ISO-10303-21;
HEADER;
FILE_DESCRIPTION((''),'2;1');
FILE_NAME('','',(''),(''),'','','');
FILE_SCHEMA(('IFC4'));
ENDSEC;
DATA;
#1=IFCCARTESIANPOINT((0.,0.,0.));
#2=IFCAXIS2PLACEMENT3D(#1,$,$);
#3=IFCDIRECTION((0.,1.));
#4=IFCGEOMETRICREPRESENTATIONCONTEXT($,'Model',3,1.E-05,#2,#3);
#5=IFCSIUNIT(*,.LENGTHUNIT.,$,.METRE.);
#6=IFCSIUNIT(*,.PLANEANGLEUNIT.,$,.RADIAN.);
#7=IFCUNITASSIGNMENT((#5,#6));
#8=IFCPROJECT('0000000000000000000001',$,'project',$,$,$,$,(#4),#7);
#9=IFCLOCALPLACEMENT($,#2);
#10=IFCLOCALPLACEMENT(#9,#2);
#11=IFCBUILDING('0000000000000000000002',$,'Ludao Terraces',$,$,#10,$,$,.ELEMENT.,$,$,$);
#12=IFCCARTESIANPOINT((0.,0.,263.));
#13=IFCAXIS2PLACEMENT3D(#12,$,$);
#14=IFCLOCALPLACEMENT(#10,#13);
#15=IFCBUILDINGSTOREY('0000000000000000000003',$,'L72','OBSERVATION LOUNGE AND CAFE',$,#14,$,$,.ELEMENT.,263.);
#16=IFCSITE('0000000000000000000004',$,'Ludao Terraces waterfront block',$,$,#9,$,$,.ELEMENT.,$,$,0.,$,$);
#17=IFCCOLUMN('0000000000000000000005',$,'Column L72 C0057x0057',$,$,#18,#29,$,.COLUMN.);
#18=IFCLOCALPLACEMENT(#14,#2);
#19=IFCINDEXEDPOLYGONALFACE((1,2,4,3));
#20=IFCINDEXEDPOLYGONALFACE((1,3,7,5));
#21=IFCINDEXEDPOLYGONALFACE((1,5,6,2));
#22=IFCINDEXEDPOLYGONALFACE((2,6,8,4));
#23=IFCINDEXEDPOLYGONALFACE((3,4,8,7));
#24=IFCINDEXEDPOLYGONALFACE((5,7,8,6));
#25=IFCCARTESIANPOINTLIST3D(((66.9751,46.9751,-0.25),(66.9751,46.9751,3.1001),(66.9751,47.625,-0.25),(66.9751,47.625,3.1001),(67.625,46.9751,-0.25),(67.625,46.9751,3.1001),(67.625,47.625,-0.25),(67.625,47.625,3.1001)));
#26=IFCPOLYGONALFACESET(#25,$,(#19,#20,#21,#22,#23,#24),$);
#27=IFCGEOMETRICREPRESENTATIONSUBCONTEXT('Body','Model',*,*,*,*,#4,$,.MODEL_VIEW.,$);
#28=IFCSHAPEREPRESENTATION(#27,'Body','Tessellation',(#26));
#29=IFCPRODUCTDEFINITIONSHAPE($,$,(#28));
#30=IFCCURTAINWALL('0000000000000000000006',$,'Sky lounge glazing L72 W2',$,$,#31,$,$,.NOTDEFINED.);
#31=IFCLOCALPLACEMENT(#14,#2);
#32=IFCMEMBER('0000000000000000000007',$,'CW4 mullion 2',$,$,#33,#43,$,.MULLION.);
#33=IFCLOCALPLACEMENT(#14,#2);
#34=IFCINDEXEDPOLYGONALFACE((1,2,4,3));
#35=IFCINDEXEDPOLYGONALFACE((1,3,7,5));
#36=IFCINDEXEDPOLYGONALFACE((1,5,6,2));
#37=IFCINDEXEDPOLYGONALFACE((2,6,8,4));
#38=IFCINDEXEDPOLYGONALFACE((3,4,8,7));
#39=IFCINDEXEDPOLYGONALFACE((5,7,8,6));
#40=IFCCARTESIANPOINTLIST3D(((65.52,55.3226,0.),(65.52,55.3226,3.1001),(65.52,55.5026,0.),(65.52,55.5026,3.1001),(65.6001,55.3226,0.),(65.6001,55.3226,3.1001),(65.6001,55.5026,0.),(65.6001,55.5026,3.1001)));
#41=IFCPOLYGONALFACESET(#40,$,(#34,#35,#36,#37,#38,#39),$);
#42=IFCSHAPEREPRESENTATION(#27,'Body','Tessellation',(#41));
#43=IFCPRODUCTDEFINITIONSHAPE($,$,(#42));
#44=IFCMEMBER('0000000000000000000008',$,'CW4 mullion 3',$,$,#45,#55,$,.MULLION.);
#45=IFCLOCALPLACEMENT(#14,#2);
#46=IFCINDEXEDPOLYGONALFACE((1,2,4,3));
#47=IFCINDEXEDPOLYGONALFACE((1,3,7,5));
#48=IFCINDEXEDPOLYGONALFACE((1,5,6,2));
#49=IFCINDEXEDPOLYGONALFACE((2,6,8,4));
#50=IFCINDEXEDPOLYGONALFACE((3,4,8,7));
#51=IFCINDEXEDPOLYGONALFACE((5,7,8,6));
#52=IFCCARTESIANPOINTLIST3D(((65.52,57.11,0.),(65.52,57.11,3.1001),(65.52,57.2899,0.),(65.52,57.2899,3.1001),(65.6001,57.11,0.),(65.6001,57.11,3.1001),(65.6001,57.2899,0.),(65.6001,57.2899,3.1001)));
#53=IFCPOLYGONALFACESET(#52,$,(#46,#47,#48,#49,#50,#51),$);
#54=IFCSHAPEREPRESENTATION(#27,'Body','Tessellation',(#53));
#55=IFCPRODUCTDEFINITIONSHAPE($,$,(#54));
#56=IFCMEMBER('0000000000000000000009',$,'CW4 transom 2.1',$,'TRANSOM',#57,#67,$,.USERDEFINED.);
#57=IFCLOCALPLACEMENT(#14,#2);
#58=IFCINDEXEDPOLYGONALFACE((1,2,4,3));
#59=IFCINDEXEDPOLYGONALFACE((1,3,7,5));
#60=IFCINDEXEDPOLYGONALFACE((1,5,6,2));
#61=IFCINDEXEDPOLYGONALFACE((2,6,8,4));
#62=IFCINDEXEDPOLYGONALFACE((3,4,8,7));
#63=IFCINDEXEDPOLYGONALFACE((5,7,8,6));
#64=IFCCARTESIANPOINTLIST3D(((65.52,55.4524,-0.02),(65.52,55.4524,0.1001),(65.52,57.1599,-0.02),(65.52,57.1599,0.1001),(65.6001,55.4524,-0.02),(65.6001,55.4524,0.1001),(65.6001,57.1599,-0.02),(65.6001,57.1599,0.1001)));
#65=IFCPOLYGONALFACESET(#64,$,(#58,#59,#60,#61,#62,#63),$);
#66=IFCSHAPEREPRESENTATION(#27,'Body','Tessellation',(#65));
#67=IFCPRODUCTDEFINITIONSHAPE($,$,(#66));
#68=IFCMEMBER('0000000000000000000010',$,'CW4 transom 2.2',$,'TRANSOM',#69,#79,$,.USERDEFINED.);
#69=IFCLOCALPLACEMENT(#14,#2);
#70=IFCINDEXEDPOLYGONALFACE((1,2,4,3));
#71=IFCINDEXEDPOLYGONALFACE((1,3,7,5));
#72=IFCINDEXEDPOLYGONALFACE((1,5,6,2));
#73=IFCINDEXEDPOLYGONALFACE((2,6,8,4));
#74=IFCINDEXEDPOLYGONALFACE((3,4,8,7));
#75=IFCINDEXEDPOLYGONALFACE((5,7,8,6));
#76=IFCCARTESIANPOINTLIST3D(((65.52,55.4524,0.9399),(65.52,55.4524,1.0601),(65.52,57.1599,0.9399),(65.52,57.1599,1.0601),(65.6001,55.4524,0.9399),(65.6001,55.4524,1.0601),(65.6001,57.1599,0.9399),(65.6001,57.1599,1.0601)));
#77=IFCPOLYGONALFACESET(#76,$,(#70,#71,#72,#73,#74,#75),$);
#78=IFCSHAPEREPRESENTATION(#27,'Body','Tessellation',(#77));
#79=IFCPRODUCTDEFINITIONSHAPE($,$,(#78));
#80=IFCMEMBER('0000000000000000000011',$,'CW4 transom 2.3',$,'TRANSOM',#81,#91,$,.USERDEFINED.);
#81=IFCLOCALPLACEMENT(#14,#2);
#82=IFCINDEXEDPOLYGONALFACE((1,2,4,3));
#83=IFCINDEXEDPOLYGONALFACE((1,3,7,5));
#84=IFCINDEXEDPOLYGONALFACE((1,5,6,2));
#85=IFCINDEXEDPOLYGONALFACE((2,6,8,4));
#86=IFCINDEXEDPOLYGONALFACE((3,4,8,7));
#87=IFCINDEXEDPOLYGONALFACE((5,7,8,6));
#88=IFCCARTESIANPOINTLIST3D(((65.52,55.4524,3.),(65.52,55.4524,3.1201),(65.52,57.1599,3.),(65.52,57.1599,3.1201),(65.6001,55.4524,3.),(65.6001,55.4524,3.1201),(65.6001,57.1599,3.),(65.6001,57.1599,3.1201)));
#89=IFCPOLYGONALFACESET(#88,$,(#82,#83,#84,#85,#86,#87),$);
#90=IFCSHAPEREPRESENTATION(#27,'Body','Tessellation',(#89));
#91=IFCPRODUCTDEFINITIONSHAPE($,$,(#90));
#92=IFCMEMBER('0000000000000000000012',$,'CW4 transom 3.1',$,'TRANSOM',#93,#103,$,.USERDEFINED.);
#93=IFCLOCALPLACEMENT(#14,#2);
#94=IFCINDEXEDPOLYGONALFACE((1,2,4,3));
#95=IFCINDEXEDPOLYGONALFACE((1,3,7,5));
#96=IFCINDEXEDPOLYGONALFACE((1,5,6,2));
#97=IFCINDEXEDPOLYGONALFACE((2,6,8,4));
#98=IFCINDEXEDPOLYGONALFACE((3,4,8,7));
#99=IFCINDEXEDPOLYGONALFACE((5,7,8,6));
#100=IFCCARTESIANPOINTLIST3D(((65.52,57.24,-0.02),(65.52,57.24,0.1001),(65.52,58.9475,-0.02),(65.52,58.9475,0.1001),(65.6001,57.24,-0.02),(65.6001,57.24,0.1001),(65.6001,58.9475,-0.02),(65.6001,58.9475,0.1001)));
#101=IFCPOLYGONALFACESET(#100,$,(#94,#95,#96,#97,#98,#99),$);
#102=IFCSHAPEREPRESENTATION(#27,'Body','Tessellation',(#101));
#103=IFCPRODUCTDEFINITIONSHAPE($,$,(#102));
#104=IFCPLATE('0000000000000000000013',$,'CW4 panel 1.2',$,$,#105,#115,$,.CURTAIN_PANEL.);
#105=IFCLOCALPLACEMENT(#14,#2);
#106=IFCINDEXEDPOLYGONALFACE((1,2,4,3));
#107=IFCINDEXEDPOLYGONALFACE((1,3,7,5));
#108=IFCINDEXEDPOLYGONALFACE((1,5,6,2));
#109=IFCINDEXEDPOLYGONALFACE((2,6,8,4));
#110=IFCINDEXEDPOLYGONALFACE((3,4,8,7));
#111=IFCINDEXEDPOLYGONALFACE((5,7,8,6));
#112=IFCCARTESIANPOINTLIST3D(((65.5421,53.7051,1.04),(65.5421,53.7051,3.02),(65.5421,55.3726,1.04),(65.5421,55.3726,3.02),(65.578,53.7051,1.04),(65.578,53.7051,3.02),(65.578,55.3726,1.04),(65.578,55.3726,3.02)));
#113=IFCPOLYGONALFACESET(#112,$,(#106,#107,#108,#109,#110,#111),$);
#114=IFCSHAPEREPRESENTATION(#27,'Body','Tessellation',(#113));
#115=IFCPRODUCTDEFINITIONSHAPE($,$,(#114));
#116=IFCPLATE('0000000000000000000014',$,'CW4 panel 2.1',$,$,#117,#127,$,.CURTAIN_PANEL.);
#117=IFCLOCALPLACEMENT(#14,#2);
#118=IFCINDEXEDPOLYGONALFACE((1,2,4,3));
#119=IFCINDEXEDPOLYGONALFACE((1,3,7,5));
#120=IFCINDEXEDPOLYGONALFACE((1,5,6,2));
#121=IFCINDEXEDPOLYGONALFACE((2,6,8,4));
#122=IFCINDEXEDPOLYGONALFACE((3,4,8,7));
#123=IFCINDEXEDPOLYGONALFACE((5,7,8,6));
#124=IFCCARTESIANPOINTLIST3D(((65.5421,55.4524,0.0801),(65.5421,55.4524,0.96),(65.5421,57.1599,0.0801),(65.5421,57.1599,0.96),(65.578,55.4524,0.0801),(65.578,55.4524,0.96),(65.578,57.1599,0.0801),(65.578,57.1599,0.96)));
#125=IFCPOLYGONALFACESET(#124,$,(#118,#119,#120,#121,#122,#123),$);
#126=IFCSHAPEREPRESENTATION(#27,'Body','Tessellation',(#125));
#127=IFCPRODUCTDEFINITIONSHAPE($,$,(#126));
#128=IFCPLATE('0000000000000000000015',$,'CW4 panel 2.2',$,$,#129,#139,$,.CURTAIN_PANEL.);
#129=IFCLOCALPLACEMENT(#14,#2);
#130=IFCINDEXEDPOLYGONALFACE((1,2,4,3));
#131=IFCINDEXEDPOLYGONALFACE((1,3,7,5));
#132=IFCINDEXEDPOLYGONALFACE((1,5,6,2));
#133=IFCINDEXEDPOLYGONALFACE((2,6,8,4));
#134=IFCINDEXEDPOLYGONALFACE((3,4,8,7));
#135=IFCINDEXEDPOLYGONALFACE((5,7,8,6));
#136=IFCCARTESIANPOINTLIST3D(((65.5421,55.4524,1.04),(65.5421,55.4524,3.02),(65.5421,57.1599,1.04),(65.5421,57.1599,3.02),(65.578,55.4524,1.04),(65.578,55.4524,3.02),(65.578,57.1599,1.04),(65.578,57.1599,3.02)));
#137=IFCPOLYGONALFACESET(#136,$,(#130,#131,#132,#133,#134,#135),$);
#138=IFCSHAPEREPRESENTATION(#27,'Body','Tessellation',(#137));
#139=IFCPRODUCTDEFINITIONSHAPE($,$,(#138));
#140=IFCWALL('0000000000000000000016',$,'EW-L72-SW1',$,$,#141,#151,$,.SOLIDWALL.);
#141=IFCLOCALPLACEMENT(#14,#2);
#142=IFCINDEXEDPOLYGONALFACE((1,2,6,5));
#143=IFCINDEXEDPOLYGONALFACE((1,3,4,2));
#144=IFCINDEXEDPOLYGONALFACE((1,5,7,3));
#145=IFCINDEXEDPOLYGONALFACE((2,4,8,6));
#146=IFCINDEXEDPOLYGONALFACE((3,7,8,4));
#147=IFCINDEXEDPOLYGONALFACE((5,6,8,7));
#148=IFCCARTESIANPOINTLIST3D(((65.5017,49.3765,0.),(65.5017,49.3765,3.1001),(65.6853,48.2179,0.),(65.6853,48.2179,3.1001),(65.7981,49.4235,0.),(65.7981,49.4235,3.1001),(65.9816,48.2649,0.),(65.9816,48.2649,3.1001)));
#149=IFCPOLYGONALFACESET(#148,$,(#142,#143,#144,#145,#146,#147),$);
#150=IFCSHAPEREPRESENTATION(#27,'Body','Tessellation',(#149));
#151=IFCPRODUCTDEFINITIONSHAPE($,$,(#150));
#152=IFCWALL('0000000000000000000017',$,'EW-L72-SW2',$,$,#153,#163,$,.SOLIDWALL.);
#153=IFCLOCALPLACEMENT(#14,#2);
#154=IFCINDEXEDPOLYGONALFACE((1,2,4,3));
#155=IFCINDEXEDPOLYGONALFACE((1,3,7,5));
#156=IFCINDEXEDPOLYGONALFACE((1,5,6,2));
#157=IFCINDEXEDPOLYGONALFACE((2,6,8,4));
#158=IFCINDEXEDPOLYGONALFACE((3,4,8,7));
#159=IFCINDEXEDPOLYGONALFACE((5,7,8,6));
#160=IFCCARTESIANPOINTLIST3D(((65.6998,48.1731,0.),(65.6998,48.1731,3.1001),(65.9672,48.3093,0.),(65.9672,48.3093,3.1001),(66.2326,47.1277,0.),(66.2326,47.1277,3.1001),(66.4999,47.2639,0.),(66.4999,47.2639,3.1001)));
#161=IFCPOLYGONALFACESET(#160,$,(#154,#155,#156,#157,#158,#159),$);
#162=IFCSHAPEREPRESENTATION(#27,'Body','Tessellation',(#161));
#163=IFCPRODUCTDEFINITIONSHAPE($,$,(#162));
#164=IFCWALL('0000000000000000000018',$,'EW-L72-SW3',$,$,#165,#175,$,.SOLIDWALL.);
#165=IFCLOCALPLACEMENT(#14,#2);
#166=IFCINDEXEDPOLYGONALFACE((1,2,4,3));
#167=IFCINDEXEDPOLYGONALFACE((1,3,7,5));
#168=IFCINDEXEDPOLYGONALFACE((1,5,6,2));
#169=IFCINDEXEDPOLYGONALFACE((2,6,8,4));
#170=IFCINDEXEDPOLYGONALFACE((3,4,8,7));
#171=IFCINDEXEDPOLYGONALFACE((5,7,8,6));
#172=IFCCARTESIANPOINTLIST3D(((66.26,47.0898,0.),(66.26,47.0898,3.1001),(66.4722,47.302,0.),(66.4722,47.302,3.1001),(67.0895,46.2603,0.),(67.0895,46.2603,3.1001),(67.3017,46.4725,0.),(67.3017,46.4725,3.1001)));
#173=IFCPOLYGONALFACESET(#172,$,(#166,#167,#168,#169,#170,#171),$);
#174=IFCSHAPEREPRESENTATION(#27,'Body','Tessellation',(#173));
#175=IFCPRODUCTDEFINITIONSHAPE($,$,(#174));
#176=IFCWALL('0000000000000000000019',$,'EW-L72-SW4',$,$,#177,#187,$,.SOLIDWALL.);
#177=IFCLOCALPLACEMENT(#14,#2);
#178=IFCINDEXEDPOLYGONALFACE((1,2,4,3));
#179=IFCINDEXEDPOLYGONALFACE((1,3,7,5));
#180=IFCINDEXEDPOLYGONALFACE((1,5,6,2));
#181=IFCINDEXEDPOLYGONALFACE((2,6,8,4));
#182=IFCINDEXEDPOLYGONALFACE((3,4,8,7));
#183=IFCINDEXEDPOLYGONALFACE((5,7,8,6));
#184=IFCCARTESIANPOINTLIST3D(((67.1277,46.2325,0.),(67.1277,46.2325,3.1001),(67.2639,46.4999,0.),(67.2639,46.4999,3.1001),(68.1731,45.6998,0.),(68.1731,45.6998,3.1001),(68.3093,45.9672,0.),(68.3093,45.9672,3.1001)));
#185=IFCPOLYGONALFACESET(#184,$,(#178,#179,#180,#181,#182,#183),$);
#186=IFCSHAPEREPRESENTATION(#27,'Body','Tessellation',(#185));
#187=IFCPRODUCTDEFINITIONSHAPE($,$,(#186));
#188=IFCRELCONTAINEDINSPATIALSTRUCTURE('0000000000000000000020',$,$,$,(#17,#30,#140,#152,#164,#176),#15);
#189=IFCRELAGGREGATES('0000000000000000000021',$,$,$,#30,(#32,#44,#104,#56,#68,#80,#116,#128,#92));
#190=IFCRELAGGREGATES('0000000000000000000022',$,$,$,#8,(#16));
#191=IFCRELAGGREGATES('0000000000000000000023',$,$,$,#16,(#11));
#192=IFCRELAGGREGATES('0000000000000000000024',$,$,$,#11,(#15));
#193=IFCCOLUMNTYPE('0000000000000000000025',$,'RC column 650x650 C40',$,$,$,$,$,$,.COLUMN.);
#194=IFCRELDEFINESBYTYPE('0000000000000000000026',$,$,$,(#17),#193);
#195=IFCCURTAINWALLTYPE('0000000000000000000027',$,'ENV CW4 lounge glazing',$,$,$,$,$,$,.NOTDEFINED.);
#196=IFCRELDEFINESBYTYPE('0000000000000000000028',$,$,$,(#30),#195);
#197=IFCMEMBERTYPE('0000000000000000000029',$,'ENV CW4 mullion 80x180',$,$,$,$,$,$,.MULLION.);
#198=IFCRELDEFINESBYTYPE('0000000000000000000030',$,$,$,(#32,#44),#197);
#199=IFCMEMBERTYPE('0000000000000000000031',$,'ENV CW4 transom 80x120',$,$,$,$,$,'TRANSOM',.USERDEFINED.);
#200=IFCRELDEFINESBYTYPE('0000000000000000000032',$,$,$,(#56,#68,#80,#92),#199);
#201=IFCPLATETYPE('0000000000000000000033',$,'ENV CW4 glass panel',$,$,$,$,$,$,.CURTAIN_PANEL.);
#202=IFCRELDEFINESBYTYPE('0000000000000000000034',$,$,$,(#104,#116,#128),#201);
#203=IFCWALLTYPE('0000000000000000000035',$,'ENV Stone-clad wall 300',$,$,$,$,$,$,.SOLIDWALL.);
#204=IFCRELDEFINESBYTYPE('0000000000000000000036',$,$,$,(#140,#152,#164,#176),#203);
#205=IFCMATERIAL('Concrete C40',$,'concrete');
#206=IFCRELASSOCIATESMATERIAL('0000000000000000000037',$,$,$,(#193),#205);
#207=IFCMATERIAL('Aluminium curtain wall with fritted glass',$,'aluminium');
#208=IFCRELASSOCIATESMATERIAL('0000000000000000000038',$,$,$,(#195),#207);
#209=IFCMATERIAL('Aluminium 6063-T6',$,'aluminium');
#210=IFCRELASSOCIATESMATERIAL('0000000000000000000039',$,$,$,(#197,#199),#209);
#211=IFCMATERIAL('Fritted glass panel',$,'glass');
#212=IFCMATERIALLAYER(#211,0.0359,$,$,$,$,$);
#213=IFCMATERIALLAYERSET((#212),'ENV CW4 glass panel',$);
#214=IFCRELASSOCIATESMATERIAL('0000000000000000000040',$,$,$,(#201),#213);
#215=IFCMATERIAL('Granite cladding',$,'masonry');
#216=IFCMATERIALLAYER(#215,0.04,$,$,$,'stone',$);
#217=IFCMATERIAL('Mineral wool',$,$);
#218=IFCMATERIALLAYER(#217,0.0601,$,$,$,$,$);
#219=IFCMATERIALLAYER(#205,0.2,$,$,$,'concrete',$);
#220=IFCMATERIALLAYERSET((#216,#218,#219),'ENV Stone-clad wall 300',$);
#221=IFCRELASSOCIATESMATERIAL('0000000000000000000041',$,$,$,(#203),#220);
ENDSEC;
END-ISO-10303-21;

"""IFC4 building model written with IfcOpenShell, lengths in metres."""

from ifc_helpers import new_model, si_unit, direction, frame, frame_2d, origin, origin_2d, place, context, subcontext, project, spatial, rectangle, extrude, material, layer, layer_set, material_profile, profile_set, type_object, element, aggregate, save


model = new_model("IFC4")

# Units and contexts
model_context = context("Model", 3, precision=1e-05, world=origin(), true_north=direction((0.0, 1.0)))
body_context = subcontext(model_context, "Body", "Model", "MODEL_VIEW")
ifc_project = project(units=[si_unit("LENGTHUNIT", "METRE"), si_unit("PLANEANGLEUNIT", "RADIAN")], contexts=[model_context])

# Site, building, storey
site_placement = place(None, origin())
site = spatial("IfcSite", under=ifc_project, at=site_placement, Name="Ludao Terraces waterfront block", CompositionType="ELEMENT", RefElevation=0.0)
building_placement = place(site_placement, origin())
building = spatial("IfcBuilding", under=site, at=building_placement, Name="Ludao Terraces", CompositionType="ELEMENT")
storey_placement = place(building_placement, frame((0.0, 0.0, 263.0)))
storey = spatial("IfcBuildingStorey", under=building, at=storey_placement, Name="L72", Description="OBSERVATION LOUNGE AND CAFE", CompositionType="ELEMENT", Elevation=263.0)

# Column
ifc_material_1 = material(Name="Concrete C40", Category="concrete")
ifc_material_profile_1 = material_profile(ifc_material_1, rectangle(XDim=0.6499, YDim=0.6499, at=origin_2d()), Name="650 X 650")
ifc_profile_set_1 = profile_set([ifc_material_profile_1], Name="Concrete C40")
column_type = type_object("IfcColumnType", Name="RC column 650x650 C40", PredefinedType="COLUMN", material=ifc_profile_set_1)
column_placement = place(storey_placement, frame((67.3, 47.3, -0.25), z_axis=(0.0, 0.0, 1.0), x_axis=(1.0, 0.0, 0.0)))
element("IfcColumn", 1, at=column_placement, inside=storey, type_object=column_type, Name="Column L72 C0057x0057", PredefinedType="COLUMN", context=body_context, shape_type="SweptSolid", body=[
    extrude(rectangle(XDim=0.6499, YDim=0.6499, at=origin_2d()), origin(), (0.0, 0.0, 1.0), 3.3501),
])

# Curtain wall, members, plates
ifc_material_2 = material(Name="Aluminium curtain wall with fritted glass", Category="aluminium")
curtain_wall_type = type_object("IfcCurtainWallType", Name="ENV CW4 lounge glazing", PredefinedType="NOTDEFINED", material=ifc_material_2)
curtain_wall_placement = place(storey_placement, origin())
curtain_wall = element("IfcCurtainWall", 2, at=curtain_wall_placement, inside=storey, type_object=curtain_wall_type, Name="Sky lounge glazing L72 W2", PredefinedType="NOTDEFINED")
ifc_material_3 = material(Name="Aluminium 6063-T6", Category="aluminium")
ifc_material_profile_2 = material_profile(ifc_material_3, rectangle(XDim=0.0801, YDim=0.1799, at=origin_2d()), Name="80 X 180")
ifc_profile_set_2 = profile_set([ifc_material_profile_2], Name="Aluminium 6063-T6")
member_type_1 = type_object("IfcMemberType", Name="ENV CW4 mullion 80x180", PredefinedType="MULLION", material=ifc_profile_set_2)
member_1_placement = place(storey_placement, frame((65.5601, 55.4126, 0.0), z_axis=(0.0, 0.0, 1.0), x_axis=(-1.0, 0.0, 0.0)))
member_1 = element("IfcMember", 3, at=member_1_placement, type_object=member_type_1, Name="CW4 mullion 2", PredefinedType="MULLION", context=body_context, shape_type="SweptSolid", body=[
    extrude(rectangle(XDim=0.0801, YDim=0.1799, at=origin_2d()), origin(), (0.0, 0.0, 1.0), 3.1001),
])
member_2_placement = place(storey_placement, frame((65.5601, 57.2, 0.0), z_axis=(0.0, 0.0, 1.0), x_axis=(-1.0, 0.0, 0.0)))
member_2 = element("IfcMember", 4, at=member_2_placement, type_object=member_type_1, Name="CW4 mullion 3", PredefinedType="MULLION", context=body_context, shape_type="SweptSolid", body=[
    extrude(rectangle(XDim=0.0801, YDim=0.1799, at=origin_2d()), origin(), (0.0, 0.0, 1.0), 3.1001),
])
ifc_material_profile_3 = material_profile(ifc_material_3, rectangle(XDim=0.0801, YDim=0.1201, at=origin_2d()), Name="80 X 120")
ifc_profile_set_3 = profile_set([ifc_material_profile_3], Name="Aluminium 6063-T6")
member_type_2 = type_object("IfcMemberType", Name="ENV CW4 transom 80x120", ElementType="TRANSOM", PredefinedType="USERDEFINED", material=ifc_profile_set_3)
member_3_placement = place(storey_placement, frame((65.5601, 55.4524, 0.04), z_axis=(0.0, 1.0, 0.0), x_axis=(-1.0, 0.0, 0.0)))
member_3 = element("IfcMember", 5, at=member_3_placement, type_object=member_type_2, Name="CW4 transom 2.1", ObjectType="TRANSOM", PredefinedType="USERDEFINED", context=body_context, shape_type="SweptSolid", body=[
    extrude(rectangle(XDim=0.0801, YDim=0.1201, at=origin_2d()), origin(), (0.0, 0.0, 1.0), 1.7075),
])
member_4_placement = place(storey_placement, frame((65.5601, 55.4524, 1.0), z_axis=(0.0, 1.0, 0.0), x_axis=(-1.0, 0.0, 0.0)))
member_4 = element("IfcMember", 6, at=member_4_placement, type_object=member_type_2, Name="CW4 transom 2.2", ObjectType="TRANSOM", PredefinedType="USERDEFINED", context=body_context, shape_type="SweptSolid", body=[
    extrude(rectangle(XDim=0.0801, YDim=0.1201, at=origin_2d()), origin(), (0.0, 0.0, 1.0), 1.7075),
])
member_5_placement = place(storey_placement, frame((65.5601, 55.4524, 3.0601), z_axis=(0.0, 1.0, 0.0), x_axis=(-1.0, 0.0, 0.0)))
member_5 = element("IfcMember", 7, at=member_5_placement, type_object=member_type_2, Name="CW4 transom 2.3", ObjectType="TRANSOM", PredefinedType="USERDEFINED", context=body_context, shape_type="SweptSolid", body=[
    extrude(rectangle(XDim=0.0801, YDim=0.1201, at=origin_2d()), origin(), (0.0, 0.0, 1.0), 1.7075),
])
member_6_placement = place(storey_placement, frame((65.5601, 57.24, 0.04), z_axis=(0.0, 1.0, 0.0), x_axis=(-1.0, 0.0, 0.0)))
member_6 = element("IfcMember", 8, at=member_6_placement, type_object=member_type_2, Name="CW4 transom 3.1", ObjectType="TRANSOM", PredefinedType="USERDEFINED", context=body_context, shape_type="SweptSolid", body=[
    extrude(rectangle(XDim=0.0801, YDim=0.1201, at=origin_2d()), origin(), (0.0, 0.0, 1.0), 1.7075),
])
ifc_material_4 = material(Name="Fritted glass panel", Category="glass")
ifc_layer_1 = layer(ifc_material_4, 0.0359)
ifc_layer_set_1 = layer_set([ifc_layer_1], Name="ENV CW4 glass panel")
plate_type = type_object("IfcPlateType", Name="ENV CW4 glass panel", PredefinedType="CURTAIN_PANEL", material=ifc_layer_set_1)
plate_1_placement = place(storey_placement, frame((65.5601, 54.5388, 1.04), z_axis=(0.0, 0.0, 1.0), x_axis=(0.0, 1.0, 0.0)))
plate_1 = element("IfcPlate", 9, at=plate_1_placement, type_object=plate_type, Name="CW4 panel 1.2", PredefinedType="CURTAIN_PANEL", context=body_context, shape_type="SweptSolid", body=[
    extrude(rectangle(XDim=1.6675, YDim=0.0359, at=origin_2d()), origin(), (0.0, 0.0, 1.0), 1.98),
])
plate_2_placement = place(storey_placement, frame((65.5601, 56.3062, 0.0801), z_axis=(0.0, 0.0, 1.0), x_axis=(0.0, 1.0, 0.0)))
plate_2 = element("IfcPlate", 10, at=plate_2_placement, type_object=plate_type, Name="CW4 panel 2.1", PredefinedType="CURTAIN_PANEL", context=body_context, shape_type="SweptSolid", body=[
    extrude(rectangle(XDim=1.7075, YDim=0.0359, at=origin_2d()), origin(), (0.0, 0.0, 1.0), 0.8799),
])
plate_3_placement = place(storey_placement, frame((65.5601, 56.3062, 1.04), z_axis=(0.0, 0.0, 1.0), x_axis=(0.0, 1.0, 0.0)))
plate_3 = element("IfcPlate", 11, at=plate_3_placement, type_object=plate_type, Name="CW4 panel 2.2", PredefinedType="CURTAIN_PANEL", context=body_context, shape_type="SweptSolid", body=[
    extrude(rectangle(XDim=1.7075, YDim=0.0359, at=origin_2d()), origin(), (0.0, 0.0, 1.0), 1.98),
])
aggregate(curtain_wall, [member_1, member_2, plate_1, member_3, member_4, member_5, plate_2, plate_3, member_6])

# Walls
ifc_material_5 = material(Name="Granite cladding", Category="masonry")
ifc_layer_2 = layer(ifc_material_5, 0.04, Category="stone")
ifc_material_6 = material(Name="Mineral wool")
ifc_layer_3 = layer(ifc_material_6, 0.0601)
ifc_layer_4 = layer(ifc_material_1, 0.2, Category="concrete")
ifc_layer_set_2 = layer_set([ifc_layer_2, ifc_layer_3, ifc_layer_4], Name="ENV Stone-clad wall 300")
wall_type_1 = type_object("IfcWallType", Name="ENV Stone-clad wall 300", PredefinedType="SOLIDWALL", material=ifc_layer_set_2)
wall_1_placement = place(storey_placement, frame((65.6499, 49.3999, 0.0), z_axis=(0.0, 0.0, 1.0), x_axis=(0.156497, -0.987678, 0.0)))
element("IfcWall", 12, at=wall_1_placement, inside=storey, type_object=wall_type_1, Name="EW-L72-SW1", PredefinedType="SOLIDWALL", context=body_context, shape_type="SweptSolid", body=[
    extrude(rectangle(XDim=1.1731, YDim=0.3, at=frame_2d((0.5864, 0.0))), origin(), (0.0, 0.0, 1.0), 3.1001),
])
wall_2_placement = place(storey_placement, frame((65.8335, 48.2412, 0.0), z_axis=(0.0, 0.0, 1.0), x_axis=(0.454026, -0.890989, 0.0)))
element("IfcWall", 13, at=wall_2_placement, inside=storey, type_object=wall_type_1, Name="EW-L72-SW2", PredefinedType="SOLIDWALL", context=body_context, shape_type="SweptSolid", body=[
    extrude(rectangle(XDim=1.1733, YDim=0.3, at=frame_2d((0.5867, 0.0))), origin(), (0.0, 0.0, 1.0), 3.1001),
])
wall_3_placement = place(storey_placement, frame((66.3662, 47.1958, 0.0), z_axis=(0.0, 0.0, 1.0), x_axis=(0.707107, -0.707107, 0.0)))
element("IfcWall", 14, at=wall_3_placement, inside=storey, type_object=wall_type_1, Name="EW-L72-SW3", PredefinedType="SOLIDWALL", context=body_context, shape_type="SweptSolid", body=[
    extrude(rectangle(XDim=1.1731, YDim=0.3, at=frame_2d((0.5864, 0.0))), origin(), (0.0, 0.0, 1.0), 3.1001),
])
wall_4_placement = place(storey_placement, frame((67.1958, 46.3662, 0.0), z_axis=(0.0, 0.0, 1.0), x_axis=(0.890989, -0.454026, 0.0)))
element("IfcWall", 15, at=wall_4_placement, inside=storey, type_object=wall_type_1, Name="EW-L72-SW4", PredefinedType="SOLIDWALL", context=body_context, shape_type="SweptSolid", body=[
    extrude(rectangle(XDim=1.1733, YDim=0.3, at=frame_2d((0.5867, 0.0))), origin(), (0.0, 0.0, 1.0), 3.1001),
])

save(model, "model.ifc")
